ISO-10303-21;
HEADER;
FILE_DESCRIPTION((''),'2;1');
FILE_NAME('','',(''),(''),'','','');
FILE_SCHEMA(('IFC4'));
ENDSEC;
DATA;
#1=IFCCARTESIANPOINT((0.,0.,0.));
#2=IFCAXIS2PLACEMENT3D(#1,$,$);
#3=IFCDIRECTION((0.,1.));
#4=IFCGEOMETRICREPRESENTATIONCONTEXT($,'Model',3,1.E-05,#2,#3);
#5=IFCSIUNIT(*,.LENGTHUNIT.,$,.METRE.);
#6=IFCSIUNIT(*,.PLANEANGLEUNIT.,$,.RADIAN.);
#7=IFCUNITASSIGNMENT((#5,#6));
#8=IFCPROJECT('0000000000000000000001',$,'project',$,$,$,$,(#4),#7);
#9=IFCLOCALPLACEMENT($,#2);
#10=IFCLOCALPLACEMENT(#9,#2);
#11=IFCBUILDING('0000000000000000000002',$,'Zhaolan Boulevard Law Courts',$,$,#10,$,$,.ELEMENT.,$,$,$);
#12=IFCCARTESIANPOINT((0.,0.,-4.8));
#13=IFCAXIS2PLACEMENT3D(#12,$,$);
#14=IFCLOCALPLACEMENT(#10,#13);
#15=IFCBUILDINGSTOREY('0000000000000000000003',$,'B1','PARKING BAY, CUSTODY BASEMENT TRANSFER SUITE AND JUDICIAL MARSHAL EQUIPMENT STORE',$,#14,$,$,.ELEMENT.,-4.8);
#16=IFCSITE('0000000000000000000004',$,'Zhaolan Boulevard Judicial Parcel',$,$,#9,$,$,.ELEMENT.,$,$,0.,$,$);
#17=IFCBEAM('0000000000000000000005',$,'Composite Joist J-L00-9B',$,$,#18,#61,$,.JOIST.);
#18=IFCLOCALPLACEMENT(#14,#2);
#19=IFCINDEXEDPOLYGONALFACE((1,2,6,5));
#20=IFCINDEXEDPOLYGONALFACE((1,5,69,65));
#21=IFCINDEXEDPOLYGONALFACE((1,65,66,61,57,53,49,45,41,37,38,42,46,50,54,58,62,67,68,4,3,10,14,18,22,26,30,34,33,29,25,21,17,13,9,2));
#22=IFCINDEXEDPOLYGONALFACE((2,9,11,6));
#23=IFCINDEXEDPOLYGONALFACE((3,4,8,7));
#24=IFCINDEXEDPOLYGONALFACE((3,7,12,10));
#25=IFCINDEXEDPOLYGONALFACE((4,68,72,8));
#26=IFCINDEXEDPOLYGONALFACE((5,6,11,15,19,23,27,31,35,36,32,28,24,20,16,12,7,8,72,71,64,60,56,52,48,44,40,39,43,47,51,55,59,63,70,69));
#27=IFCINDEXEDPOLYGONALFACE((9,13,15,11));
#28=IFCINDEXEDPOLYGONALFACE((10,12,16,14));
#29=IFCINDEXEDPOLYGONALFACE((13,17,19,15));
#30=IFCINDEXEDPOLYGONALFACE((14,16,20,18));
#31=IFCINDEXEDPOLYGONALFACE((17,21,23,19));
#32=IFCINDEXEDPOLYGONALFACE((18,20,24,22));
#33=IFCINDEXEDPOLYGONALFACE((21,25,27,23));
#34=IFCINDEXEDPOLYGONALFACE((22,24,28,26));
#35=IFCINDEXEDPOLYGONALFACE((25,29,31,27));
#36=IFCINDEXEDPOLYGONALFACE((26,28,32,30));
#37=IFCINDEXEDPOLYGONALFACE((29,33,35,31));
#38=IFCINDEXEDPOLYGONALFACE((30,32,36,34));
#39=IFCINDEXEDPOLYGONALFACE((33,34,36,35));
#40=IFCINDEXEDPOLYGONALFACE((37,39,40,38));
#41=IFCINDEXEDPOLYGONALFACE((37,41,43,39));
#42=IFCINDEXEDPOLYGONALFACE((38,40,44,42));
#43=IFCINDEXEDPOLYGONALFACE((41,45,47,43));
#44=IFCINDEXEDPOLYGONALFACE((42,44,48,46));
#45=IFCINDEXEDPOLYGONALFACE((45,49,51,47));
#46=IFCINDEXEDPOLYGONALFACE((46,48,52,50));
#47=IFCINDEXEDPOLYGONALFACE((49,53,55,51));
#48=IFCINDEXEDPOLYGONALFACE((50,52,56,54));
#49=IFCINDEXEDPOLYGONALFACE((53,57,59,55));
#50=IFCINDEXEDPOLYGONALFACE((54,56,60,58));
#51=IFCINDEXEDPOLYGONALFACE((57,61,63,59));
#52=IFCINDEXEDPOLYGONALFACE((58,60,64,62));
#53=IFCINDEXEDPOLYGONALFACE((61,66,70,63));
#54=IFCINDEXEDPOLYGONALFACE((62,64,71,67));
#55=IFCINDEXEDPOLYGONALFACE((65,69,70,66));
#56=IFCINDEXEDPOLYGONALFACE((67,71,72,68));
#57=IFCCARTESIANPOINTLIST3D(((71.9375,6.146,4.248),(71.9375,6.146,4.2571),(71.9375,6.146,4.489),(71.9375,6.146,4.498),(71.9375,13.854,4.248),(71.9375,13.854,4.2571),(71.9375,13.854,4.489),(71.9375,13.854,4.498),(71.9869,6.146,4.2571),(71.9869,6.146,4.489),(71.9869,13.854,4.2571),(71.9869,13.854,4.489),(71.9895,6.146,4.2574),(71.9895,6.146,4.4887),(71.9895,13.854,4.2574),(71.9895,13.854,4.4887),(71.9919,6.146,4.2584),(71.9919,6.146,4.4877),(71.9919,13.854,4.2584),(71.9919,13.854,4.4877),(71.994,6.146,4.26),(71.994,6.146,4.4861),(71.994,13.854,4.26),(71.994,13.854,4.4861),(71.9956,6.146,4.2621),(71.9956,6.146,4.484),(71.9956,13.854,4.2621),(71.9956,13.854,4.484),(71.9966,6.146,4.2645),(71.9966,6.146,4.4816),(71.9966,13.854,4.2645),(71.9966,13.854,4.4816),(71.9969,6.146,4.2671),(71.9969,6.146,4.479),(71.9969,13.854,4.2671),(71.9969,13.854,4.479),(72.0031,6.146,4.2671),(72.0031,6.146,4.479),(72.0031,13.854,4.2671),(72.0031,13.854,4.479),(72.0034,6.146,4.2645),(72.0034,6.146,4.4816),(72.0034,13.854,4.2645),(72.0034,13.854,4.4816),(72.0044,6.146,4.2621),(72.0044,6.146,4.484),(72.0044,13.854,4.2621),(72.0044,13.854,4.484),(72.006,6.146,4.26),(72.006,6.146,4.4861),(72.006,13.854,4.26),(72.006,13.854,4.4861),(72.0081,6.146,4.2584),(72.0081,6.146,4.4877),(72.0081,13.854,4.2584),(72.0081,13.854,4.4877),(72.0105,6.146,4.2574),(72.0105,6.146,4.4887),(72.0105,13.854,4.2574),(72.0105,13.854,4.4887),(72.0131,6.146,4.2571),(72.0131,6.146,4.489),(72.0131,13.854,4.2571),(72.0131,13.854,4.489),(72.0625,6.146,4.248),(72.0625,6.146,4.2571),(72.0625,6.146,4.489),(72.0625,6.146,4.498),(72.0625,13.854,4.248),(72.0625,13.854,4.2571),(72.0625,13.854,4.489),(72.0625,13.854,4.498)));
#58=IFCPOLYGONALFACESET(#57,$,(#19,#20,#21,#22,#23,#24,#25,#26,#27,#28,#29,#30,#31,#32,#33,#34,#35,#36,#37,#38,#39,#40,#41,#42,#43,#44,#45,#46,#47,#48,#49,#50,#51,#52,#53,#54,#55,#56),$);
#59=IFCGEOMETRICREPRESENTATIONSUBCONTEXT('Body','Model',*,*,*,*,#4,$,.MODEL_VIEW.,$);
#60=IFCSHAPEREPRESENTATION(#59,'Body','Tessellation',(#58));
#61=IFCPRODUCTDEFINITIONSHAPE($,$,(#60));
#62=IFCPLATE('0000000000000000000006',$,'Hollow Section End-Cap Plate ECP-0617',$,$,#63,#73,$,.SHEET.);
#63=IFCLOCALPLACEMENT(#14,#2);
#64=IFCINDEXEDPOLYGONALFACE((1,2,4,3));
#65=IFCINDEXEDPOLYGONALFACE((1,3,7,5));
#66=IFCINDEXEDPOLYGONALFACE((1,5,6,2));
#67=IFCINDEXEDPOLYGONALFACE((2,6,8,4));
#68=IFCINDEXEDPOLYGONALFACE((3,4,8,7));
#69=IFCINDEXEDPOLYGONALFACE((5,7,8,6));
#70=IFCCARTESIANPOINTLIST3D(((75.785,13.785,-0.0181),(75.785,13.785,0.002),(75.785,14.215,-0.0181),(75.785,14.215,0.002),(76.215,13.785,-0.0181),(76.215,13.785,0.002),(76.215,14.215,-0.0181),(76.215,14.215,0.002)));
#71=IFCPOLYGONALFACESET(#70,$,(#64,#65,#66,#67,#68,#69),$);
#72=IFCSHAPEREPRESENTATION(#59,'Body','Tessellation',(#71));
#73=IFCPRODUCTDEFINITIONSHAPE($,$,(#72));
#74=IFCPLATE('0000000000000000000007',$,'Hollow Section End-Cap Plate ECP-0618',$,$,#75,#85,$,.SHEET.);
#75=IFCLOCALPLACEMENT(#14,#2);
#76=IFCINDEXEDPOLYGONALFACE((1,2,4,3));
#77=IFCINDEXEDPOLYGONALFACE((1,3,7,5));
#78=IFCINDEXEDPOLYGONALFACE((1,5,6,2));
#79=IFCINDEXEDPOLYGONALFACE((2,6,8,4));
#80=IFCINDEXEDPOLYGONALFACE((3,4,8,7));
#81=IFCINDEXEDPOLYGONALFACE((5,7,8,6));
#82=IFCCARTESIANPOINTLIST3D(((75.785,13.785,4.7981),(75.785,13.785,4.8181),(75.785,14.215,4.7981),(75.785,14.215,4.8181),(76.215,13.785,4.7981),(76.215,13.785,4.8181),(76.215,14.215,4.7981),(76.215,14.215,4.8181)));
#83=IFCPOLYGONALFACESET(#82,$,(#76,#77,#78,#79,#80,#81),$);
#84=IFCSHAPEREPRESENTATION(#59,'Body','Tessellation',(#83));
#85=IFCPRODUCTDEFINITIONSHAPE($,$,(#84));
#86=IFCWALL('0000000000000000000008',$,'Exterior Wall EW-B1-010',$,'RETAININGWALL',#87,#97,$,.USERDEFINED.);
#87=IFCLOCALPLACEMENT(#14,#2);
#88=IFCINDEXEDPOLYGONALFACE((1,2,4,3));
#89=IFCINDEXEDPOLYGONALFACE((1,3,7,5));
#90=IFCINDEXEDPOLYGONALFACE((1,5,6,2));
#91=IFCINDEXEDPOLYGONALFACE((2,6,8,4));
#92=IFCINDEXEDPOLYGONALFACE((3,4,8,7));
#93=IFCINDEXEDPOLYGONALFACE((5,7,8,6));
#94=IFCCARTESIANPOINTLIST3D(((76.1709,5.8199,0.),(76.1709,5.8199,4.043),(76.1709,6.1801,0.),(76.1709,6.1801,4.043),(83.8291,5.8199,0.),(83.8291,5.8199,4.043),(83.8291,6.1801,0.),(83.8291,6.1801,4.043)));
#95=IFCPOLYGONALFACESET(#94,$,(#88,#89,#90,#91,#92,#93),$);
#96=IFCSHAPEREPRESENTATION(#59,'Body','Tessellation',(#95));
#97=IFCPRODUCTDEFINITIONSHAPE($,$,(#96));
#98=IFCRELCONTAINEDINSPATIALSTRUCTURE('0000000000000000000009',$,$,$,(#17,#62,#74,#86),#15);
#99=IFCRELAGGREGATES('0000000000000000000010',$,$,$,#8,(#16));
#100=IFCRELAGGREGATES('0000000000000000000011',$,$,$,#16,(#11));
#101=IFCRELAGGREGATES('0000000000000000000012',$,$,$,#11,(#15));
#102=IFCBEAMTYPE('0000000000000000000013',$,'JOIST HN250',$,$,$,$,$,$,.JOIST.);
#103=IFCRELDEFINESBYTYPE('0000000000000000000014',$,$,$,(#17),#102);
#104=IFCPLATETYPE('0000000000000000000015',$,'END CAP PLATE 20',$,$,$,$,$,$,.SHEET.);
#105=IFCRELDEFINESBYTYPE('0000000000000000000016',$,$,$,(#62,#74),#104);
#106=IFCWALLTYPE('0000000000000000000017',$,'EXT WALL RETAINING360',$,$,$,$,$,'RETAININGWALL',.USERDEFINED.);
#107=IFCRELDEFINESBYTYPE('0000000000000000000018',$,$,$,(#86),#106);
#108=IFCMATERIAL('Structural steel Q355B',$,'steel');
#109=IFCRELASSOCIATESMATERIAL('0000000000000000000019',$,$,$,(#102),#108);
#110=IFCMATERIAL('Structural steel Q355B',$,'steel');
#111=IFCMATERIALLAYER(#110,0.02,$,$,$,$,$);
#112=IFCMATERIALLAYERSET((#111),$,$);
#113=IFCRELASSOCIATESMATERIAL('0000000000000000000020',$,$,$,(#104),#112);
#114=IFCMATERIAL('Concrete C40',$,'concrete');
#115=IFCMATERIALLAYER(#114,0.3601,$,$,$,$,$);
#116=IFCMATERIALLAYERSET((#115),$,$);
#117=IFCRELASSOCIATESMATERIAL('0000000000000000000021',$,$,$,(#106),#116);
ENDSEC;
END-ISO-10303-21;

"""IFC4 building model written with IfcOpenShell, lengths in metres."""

from ifc_helpers import new_model, si_unit, direction, frame, frame_2d, origin, origin_2d, place, context, subcontext, project, spatial, rectangle, i_section, extrude, material, layer, layer_set, material_profile, profile_set, type_object, element, save


model = new_model("IFC4")

# Units and contexts
model_context = context("Model", 3, precision=1e-05, world=origin(), true_north=direction((0.0, 1.0)))
body_context = subcontext(model_context, "Body", "Model", "MODEL_VIEW")
ifc_project = project(units=[si_unit("LENGTHUNIT", "METRE"), si_unit("PLANEANGLEUNIT", "RADIAN")], contexts=[model_context])

# Site, building, storey
site_placement = place(None, origin())
site = spatial("IfcSite", under=ifc_project, at=site_placement, Name="Zhaolan Boulevard Judicial Parcel", CompositionType="ELEMENT", RefElevation=0.0)
building_placement = place(site_placement, origin())
building = spatial("IfcBuilding", under=site, at=building_placement, Name="Zhaolan Boulevard Law Courts", CompositionType="ELEMENT")
storey_placement = place(building_placement, frame((0.0, 0.0, -4.8)))
storey = spatial("IfcBuildingStorey", under=building, at=storey_placement, Name="B1", Description="PARKING BAY, CUSTODY BASEMENT TRANSFER SUITE AND JUDICIAL MARSHAL EQUIPMENT STORE", CompositionType="ELEMENT", Elevation=-4.8)

# Beam
ifc_material_1 = material(Name="Structural steel Q355B", Category="steel")
ifc_material_profile_1 = material_profile(ifc_material_1, i_section(OverallWidth=0.125, OverallDepth=0.25, WebThickness=0.0061, FlangeThickness=0.009, FilletRadius=0.01, at=origin_2d()), Name="HN250x125")
ifc_profile_set_1 = profile_set([ifc_material_profile_1], Name="Structural steel Q355B")
beam_type_1 = type_object("IfcBeamType", Name="JOIST HN250", PredefinedType="JOIST", material=ifc_profile_set_1)
beam_1_placement = place(storey_placement, frame((72.0, 6.146, 4.373), z_axis=(0.0, 1.0, 0.0), x_axis=(-1.0, 0.0, 0.0)))
element("IfcBeam", 1, at=beam_1_placement, inside=storey, type_object=beam_type_1, Name="Composite Joist J-L00-9B", PredefinedType="JOIST", context=body_context, shape_type="SweptSolid", body=[
    extrude(i_section(OverallWidth=0.125, OverallDepth=0.25, WebThickness=0.0061, FlangeThickness=0.009, FilletRadius=0.01, at=origin_2d()), origin(), (0.0, 0.0, 1.0), 7.708),
])

# Plates
ifc_material_2 = material(Name="Structural steel Q355B", Category="steel")
ifc_layer_1 = layer(ifc_material_2, 0.02)
ifc_layer_set_1 = layer_set([ifc_layer_1])
plate_type = type_object("IfcPlateType", Name="END CAP PLATE 20", PredefinedType="SHEET", material=ifc_layer_set_1)
for number, where, z_axis, x_axis, name in (
    (2, (76.0, 14.0, -0.0181), (0.0, 0.0, 1.0), (1.0, 0.0, 0.0), "Hollow Section End-Cap Plate ECP-0617"),
    (3, (76.0, 14.0, 4.7981), (0.0, 0.0, 1.0), (1.0, 0.0, 0.0), "Hollow Section End-Cap Plate ECP-0618"),
):
    element("IfcPlate", number, at=place(storey_placement, frame(where, z_axis=z_axis, x_axis=x_axis)), inside=storey, type_object=plate_type, Name=name, PredefinedType="SHEET", context=body_context, shape_type="SweptSolid", body=[
        extrude(rectangle(XDim=0.4299, YDim=0.4299, at=origin_2d()), origin(), (0.0, 0.0, 1.0), 0.02),
    ])

# Wall
ifc_material_3 = material(Name="Concrete C40", Category="concrete")
ifc_layer_2 = layer(ifc_material_3, 0.3601)
ifc_layer_set_2 = layer_set([ifc_layer_2])
wall_type = type_object("IfcWallType", Name="EXT WALL RETAINING360", ElementType="RETAININGWALL", PredefinedType="USERDEFINED", material=ifc_layer_set_2)
wall_placement = place(storey_placement, frame((76.1709, 6.0, 0.0), z_axis=(0.0, 0.0, 1.0), x_axis=(1.0, 0.0, 0.0)))
element("IfcWall", 4, at=wall_placement, inside=storey, type_object=wall_type, Name="Exterior Wall EW-B1-010", ObjectType="RETAININGWALL", PredefinedType="USERDEFINED", context=body_context, shape_type="SweptSolid", body=[
    extrude(rectangle(XDim=7.6582, YDim=0.3601, at=frame_2d((3.8291, 0.0))), origin(), (0.0, 0.0, 1.0), 4.043),
])

save(model, "model.ifc")
